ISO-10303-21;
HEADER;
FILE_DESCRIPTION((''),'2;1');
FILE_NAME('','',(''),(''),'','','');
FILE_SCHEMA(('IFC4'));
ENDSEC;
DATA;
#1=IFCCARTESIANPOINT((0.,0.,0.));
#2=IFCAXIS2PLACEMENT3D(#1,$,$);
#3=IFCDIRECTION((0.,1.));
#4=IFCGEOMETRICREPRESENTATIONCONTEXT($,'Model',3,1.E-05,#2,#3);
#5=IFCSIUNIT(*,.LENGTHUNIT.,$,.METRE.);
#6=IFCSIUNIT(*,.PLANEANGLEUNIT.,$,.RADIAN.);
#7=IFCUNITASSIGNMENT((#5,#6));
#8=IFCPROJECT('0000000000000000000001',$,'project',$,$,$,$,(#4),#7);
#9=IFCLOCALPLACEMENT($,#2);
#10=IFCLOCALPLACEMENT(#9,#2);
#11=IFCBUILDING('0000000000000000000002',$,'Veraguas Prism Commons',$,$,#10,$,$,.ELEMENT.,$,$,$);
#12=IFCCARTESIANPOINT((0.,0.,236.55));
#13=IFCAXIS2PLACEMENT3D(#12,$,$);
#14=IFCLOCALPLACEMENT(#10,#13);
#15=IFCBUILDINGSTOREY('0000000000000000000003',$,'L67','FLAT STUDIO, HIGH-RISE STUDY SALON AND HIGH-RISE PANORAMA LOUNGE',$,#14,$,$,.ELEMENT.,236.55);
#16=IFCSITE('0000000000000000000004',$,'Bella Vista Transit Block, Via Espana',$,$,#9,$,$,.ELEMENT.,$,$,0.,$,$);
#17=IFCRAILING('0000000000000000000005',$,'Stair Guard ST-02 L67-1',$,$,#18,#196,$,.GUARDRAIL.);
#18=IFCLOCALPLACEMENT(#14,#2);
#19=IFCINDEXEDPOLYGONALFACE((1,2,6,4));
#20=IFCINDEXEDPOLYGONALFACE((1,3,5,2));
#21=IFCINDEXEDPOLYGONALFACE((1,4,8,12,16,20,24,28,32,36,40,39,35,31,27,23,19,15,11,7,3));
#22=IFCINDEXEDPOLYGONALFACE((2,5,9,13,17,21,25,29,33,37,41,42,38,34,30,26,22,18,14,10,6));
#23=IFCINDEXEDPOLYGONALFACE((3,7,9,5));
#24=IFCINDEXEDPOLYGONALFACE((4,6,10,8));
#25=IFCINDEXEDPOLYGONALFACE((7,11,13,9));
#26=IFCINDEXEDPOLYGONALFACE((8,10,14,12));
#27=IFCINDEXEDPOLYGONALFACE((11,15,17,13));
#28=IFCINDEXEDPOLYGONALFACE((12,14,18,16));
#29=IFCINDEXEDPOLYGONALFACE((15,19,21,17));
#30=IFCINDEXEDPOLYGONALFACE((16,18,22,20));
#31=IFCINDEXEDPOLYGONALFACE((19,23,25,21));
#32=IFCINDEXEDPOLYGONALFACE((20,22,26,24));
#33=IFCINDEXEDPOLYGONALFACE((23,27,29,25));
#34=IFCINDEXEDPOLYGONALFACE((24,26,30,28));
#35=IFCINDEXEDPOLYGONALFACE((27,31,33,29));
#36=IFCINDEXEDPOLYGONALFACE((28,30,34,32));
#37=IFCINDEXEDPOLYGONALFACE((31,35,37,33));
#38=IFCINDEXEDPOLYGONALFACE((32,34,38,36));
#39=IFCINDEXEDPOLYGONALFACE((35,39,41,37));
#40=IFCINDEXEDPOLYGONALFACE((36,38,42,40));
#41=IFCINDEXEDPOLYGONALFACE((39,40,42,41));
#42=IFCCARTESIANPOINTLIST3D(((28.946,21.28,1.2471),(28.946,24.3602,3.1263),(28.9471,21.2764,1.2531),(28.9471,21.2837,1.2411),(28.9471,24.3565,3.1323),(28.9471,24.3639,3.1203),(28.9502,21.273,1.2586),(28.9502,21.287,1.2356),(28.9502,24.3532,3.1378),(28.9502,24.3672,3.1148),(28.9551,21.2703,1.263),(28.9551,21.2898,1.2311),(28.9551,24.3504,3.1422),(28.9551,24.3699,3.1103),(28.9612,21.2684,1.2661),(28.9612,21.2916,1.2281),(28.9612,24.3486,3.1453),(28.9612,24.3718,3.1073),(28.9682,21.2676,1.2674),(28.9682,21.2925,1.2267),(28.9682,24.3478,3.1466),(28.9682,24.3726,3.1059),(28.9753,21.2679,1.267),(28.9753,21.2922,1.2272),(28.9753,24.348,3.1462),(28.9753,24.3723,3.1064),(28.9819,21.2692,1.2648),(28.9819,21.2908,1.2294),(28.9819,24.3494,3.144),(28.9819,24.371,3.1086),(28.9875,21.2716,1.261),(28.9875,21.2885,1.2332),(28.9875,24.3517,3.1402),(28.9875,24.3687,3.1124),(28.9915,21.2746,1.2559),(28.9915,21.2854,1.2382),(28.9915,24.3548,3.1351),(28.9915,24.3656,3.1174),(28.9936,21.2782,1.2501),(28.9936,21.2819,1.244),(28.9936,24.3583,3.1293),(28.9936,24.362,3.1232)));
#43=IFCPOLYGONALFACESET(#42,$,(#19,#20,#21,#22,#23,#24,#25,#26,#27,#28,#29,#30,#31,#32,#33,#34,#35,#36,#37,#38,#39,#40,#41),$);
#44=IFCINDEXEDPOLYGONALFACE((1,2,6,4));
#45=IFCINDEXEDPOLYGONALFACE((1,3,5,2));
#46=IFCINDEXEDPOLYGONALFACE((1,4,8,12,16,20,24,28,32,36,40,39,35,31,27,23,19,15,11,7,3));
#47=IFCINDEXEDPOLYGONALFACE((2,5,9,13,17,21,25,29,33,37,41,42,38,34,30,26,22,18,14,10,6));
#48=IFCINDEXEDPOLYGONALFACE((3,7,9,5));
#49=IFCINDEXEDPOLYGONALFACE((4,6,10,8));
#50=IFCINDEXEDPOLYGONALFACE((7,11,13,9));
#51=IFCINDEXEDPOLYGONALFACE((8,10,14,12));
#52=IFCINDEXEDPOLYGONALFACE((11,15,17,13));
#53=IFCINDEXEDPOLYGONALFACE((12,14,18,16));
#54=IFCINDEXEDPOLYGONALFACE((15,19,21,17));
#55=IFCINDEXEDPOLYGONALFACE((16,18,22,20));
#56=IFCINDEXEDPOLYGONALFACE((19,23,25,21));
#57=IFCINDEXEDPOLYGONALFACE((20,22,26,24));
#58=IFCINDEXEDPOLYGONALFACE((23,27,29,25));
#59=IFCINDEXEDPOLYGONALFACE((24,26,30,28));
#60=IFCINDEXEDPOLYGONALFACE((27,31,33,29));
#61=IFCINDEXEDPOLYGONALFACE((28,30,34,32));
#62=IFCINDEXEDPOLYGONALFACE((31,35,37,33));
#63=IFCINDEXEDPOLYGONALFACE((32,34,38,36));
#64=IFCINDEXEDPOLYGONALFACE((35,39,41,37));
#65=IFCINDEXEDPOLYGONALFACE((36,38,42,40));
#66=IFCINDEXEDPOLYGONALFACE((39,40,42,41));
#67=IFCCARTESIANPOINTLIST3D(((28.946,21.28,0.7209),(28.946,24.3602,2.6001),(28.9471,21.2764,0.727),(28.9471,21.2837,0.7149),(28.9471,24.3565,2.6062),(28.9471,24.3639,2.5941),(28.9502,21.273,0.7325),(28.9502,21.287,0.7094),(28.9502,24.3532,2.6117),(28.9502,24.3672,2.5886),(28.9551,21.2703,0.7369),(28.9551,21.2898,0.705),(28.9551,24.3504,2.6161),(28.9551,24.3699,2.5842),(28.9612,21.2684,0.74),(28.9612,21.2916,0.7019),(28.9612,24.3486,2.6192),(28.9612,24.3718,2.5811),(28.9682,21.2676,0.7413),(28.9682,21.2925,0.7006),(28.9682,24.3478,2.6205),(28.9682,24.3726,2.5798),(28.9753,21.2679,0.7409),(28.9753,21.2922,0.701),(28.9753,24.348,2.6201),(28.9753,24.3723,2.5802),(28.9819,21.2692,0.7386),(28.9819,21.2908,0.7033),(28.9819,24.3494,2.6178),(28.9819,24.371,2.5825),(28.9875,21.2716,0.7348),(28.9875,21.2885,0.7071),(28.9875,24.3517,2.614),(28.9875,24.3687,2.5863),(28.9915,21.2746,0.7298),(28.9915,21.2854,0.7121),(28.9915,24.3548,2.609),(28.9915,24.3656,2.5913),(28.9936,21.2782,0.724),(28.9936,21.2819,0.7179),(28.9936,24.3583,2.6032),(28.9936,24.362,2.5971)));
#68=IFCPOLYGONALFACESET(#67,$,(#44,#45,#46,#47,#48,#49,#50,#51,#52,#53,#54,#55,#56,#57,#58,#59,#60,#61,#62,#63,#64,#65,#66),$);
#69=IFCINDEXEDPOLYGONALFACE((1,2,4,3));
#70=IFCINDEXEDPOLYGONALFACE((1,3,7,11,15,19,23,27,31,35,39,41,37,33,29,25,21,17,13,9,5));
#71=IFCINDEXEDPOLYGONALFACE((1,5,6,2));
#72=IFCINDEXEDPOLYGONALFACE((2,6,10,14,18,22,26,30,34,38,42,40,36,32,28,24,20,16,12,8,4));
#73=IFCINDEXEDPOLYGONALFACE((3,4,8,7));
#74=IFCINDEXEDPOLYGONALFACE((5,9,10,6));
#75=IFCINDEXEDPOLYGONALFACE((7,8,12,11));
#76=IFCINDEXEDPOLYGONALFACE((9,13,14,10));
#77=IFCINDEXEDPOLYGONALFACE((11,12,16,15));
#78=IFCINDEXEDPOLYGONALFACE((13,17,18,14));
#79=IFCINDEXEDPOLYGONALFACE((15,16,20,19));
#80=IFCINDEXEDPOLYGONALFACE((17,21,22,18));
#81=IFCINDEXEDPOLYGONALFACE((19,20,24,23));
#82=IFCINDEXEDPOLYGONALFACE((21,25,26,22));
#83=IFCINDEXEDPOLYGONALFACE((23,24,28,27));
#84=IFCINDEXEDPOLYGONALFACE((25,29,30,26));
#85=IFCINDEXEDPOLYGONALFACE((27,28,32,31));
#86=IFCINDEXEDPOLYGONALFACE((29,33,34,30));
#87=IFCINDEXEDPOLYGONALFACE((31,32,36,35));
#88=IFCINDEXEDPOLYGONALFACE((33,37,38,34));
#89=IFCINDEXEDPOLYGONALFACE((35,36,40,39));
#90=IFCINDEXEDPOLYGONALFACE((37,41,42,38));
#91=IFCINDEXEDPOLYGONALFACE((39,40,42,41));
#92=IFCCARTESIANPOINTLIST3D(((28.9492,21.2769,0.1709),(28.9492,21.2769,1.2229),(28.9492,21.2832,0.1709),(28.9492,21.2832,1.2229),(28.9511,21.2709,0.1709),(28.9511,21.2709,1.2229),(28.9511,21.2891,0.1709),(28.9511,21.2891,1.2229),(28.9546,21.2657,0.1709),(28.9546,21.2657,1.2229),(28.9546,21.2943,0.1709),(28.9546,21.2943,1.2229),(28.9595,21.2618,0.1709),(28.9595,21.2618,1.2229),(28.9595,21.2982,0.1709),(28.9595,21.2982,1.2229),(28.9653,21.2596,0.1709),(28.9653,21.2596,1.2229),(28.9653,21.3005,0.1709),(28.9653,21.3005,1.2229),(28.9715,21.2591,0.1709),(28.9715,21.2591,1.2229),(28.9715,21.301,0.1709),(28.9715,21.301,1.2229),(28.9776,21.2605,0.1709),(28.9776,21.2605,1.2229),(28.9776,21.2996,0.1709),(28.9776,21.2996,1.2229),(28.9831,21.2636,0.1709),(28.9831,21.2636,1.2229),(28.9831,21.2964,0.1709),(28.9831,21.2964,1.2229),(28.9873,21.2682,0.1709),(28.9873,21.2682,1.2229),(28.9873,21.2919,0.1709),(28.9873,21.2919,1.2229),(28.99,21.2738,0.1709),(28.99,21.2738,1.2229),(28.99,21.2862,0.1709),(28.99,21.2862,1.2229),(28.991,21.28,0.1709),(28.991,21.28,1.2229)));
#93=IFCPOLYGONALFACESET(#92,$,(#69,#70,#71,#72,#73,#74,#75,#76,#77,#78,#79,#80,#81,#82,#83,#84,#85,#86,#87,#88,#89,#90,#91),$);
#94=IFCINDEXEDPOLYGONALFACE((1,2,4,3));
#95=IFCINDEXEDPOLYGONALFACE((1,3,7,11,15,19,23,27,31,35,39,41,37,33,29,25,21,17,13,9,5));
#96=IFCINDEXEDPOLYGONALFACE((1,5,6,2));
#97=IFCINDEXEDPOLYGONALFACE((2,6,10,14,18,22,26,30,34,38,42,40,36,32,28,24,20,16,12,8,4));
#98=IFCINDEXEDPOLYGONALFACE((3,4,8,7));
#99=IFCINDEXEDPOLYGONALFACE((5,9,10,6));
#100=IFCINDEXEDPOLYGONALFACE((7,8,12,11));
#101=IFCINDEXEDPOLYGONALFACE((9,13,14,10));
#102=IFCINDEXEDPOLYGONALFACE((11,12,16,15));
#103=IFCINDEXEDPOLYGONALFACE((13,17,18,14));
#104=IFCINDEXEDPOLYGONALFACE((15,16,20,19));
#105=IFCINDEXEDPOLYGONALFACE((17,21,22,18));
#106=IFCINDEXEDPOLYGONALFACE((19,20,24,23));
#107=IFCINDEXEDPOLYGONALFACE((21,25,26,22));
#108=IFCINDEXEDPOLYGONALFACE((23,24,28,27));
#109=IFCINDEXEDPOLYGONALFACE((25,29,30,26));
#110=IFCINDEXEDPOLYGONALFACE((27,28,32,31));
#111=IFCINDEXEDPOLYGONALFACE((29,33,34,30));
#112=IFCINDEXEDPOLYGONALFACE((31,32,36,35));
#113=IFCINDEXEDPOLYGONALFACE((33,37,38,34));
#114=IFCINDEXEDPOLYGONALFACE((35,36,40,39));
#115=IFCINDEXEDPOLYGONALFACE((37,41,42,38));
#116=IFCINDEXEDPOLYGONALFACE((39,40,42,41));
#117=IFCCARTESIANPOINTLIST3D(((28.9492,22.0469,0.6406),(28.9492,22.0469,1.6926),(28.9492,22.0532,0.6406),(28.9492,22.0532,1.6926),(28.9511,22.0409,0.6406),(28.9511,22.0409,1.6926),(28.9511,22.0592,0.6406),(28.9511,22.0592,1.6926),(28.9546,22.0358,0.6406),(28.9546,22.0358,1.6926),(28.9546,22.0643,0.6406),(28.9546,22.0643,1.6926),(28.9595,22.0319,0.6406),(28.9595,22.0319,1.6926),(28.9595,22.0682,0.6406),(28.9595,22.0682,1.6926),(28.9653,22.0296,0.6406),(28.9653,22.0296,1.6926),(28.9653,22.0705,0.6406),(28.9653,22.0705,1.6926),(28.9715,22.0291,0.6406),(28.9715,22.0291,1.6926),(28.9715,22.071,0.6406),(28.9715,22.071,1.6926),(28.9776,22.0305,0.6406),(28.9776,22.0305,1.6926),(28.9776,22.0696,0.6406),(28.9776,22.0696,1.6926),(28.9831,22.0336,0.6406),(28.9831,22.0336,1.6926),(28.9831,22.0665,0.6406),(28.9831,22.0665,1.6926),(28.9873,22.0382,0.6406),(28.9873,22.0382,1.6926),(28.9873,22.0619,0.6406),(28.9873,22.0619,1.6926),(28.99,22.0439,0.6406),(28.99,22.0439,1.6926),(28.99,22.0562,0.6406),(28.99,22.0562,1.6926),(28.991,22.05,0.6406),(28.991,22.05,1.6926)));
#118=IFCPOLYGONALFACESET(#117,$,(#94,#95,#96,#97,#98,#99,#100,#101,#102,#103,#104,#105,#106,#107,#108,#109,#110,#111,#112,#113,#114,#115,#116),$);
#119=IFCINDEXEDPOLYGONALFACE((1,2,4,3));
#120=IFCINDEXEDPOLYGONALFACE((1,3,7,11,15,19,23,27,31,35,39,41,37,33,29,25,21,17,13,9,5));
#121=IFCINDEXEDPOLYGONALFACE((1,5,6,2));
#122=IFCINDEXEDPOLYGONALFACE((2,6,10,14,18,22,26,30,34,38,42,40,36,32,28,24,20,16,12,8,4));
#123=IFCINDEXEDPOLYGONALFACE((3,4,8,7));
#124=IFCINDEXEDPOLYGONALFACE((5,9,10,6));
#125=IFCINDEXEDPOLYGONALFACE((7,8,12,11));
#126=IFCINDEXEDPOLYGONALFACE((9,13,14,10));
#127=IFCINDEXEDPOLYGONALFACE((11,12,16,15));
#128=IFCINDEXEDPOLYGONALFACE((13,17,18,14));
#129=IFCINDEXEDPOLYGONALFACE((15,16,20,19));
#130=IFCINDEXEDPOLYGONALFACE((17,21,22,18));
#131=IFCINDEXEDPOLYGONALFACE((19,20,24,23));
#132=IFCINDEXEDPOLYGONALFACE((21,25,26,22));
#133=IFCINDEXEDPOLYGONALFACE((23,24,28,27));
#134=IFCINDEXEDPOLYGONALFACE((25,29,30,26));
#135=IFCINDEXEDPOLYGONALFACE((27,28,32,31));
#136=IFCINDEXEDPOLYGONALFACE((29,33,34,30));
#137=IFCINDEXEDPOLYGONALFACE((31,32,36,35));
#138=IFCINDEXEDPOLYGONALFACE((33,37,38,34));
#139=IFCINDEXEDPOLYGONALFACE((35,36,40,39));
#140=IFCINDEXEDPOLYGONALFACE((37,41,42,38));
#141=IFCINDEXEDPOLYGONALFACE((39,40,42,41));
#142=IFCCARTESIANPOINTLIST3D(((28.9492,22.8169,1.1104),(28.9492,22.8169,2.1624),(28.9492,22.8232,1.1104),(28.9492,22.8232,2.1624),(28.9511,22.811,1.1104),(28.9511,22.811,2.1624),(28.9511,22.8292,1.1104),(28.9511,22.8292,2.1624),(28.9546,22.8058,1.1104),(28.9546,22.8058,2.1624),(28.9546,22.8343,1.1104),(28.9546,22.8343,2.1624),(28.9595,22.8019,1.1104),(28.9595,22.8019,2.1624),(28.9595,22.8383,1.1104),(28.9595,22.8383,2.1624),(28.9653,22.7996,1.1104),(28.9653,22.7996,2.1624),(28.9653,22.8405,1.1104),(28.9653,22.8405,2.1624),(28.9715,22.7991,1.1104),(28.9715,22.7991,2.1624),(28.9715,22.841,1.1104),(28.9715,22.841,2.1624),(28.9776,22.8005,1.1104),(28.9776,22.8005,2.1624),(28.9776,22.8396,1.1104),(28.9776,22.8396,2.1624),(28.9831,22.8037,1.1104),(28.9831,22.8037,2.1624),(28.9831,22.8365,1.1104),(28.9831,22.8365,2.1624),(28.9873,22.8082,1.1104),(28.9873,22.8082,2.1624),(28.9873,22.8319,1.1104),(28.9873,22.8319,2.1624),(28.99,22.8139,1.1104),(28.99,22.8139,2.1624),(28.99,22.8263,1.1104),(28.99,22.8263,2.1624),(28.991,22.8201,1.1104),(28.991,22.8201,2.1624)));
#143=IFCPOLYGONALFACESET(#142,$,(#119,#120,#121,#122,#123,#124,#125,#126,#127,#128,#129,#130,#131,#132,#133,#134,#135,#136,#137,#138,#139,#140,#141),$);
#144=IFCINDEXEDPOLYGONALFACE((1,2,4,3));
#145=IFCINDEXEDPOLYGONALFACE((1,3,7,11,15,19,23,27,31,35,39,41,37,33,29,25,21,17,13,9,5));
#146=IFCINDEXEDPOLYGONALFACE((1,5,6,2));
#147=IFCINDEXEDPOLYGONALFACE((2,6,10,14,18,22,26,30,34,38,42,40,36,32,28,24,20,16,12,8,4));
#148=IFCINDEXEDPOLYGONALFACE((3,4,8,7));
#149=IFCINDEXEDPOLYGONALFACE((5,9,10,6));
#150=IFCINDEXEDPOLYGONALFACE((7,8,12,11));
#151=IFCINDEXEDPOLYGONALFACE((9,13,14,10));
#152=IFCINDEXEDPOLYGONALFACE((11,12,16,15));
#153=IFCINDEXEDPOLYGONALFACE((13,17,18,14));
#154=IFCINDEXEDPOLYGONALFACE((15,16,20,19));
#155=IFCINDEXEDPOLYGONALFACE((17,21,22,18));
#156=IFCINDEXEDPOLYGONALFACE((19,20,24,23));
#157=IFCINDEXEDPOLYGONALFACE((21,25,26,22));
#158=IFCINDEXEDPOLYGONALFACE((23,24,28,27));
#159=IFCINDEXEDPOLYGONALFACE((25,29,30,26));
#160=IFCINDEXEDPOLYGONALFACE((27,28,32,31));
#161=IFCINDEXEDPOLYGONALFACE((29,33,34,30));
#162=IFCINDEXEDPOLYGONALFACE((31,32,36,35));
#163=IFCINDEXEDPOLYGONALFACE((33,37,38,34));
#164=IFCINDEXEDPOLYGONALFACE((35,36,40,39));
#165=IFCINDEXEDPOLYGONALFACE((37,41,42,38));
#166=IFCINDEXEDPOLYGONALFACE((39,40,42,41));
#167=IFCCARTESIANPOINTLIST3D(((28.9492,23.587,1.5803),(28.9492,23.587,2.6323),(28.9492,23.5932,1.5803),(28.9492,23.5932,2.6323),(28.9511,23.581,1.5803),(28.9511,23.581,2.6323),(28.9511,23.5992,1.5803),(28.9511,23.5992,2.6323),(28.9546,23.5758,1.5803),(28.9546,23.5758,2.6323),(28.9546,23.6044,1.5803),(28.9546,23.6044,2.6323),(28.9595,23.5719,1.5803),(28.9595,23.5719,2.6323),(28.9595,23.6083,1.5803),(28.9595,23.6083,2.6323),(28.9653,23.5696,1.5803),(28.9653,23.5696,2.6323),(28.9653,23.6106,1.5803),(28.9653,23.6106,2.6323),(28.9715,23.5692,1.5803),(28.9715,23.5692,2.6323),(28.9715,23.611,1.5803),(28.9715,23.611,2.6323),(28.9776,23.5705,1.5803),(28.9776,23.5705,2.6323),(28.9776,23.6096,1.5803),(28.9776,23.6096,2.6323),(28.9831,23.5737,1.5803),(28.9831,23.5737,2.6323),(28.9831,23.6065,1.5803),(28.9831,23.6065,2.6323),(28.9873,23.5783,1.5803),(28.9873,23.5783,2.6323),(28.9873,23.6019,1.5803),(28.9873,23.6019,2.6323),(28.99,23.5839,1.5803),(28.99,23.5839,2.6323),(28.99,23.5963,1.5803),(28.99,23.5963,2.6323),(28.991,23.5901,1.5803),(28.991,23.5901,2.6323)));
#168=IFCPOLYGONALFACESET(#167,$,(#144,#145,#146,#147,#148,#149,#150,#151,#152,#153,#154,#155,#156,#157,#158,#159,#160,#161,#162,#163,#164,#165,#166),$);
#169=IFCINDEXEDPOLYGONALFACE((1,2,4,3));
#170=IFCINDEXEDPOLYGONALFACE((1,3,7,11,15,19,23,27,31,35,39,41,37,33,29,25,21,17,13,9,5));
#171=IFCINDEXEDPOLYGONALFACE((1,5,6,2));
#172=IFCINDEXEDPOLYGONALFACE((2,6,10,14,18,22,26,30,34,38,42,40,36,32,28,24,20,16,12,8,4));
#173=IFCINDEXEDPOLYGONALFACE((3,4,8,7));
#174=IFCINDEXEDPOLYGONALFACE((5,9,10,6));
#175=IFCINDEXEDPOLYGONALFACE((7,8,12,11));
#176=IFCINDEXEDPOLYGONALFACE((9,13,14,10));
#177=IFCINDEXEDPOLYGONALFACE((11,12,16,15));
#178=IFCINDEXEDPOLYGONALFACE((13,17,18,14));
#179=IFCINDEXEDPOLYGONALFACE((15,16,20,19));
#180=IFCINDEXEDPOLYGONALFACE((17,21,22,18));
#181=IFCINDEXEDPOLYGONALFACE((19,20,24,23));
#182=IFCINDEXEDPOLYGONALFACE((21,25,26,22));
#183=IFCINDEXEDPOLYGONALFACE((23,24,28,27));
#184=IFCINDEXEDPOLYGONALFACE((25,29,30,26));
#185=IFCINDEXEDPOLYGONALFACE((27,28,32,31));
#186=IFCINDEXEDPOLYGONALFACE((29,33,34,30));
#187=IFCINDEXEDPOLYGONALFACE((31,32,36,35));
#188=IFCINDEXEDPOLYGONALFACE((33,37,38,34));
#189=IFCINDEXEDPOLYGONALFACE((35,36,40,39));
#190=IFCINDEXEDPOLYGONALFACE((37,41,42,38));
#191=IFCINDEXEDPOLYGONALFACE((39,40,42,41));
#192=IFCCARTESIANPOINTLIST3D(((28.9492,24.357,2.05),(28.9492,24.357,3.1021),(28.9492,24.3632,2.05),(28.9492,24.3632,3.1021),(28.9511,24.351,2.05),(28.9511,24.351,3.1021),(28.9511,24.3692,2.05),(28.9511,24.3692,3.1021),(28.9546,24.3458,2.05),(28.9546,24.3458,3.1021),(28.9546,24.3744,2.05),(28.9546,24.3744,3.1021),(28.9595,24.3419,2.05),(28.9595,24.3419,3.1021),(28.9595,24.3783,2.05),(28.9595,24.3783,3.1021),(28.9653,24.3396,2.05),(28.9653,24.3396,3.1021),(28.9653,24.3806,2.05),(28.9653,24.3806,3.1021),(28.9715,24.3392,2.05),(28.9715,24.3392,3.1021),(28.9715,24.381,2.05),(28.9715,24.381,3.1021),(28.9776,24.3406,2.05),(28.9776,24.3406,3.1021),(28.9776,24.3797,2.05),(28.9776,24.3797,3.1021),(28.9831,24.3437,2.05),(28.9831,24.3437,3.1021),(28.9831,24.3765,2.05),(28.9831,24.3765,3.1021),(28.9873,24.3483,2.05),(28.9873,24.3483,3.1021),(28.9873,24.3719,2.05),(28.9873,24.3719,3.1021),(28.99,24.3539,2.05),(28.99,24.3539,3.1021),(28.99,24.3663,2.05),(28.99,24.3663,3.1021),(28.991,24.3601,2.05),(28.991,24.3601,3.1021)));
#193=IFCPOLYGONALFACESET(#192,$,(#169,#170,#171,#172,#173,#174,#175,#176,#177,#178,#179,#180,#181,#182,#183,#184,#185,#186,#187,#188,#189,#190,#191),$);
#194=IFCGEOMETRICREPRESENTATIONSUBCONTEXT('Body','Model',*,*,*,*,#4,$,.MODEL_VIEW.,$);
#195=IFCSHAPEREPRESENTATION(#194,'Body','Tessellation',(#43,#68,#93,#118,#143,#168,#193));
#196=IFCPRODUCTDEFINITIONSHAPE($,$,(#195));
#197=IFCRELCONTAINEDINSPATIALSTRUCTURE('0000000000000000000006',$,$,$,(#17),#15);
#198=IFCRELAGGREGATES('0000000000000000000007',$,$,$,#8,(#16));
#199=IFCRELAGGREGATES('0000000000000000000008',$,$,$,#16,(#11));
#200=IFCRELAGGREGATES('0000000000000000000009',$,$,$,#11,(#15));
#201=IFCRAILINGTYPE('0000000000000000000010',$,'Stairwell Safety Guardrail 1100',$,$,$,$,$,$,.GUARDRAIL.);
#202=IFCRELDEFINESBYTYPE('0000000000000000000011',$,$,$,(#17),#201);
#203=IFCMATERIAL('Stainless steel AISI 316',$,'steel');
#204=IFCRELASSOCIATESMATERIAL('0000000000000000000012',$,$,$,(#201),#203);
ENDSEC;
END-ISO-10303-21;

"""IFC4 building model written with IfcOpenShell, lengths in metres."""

from ifc_helpers import new_model, si_unit, direction, frame, origin, origin_2d, place, context, subcontext, project, spatial, circle, extrude, material, type_object, element, save


model = new_model("IFC4")

# Units and contexts
model_context = context("Model", 3, precision=1e-05, world=origin(), true_north=direction((0.0, 1.0)))
body_context = subcontext(model_context, "Body", "Model", "MODEL_VIEW")
ifc_project = project(units=[si_unit("LENGTHUNIT", "METRE"), si_unit("PLANEANGLEUNIT", "RADIAN")], contexts=[model_context])

# Site, building, storey
site_placement = place(None, origin())
site = spatial("IfcSite", under=ifc_project, at=site_placement, Name="Bella Vista Transit Block, Via Espana", CompositionType="ELEMENT", RefElevation=0.0)
building_placement = place(site_placement, origin())
building = spatial("IfcBuilding", under=site, at=building_placement, Name="Veraguas Prism Commons", CompositionType="ELEMENT")
storey_placement = place(building_placement, frame((0.0, 0.0, 236.55)))
storey = spatial("IfcBuildingStorey", under=building, at=storey_placement, Name="L67", Description="FLAT STUDIO, HIGH-RISE STUDY SALON AND HIGH-RISE PANORAMA LOUNGE", CompositionType="ELEMENT", Elevation=236.55)

# Railing
ifc_material_1 = material(Name="Stainless steel AISI 316", Category="steel")
railing_type_1 = type_object("IfcRailingType", Name="Stairwell Safety Guardrail 1100", PredefinedType="GUARDRAIL", material=ifc_material_1)
railing_1_placement = place(storey_placement, frame((28.97, 21.28, 0.1709)))
element("IfcRailing", 1, at=railing_1_placement, inside=storey, type_object=railing_type_1, Name="Stair Guard ST-02 L67-1", PredefinedType="GUARDRAIL", context=body_context, shape_type="SweptSolid", body=[
    extrude(circle(Radius=0.0239, at=origin_2d()), frame((0.0, 0.0, 1.0762), z_axis=(0.0, 0.853666, 0.52082), x_axis=(-1.0, 0.0, 0.0)), (0.0, 0.0, 1.0), 3.6082),
    extrude(circle(Radius=0.0239, at=origin_2d()), frame((0.0, 0.0, 0.55), z_axis=(0.0, 0.853666, 0.52082), x_axis=(-1.0, 0.0, 0.0)), (0.0, 0.0, 1.0), 3.6082),
    extrude(circle(Radius=0.021, at=origin_2d()), origin(), (0.0, 0.0, 1.0), 1.052),
    extrude(circle(Radius=0.021, at=origin_2d()), frame((0.0, 0.77, 0.4697)), (0.0, 0.0, 1.0), 1.052),
    extrude(circle(Radius=0.021, at=origin_2d()), frame((0.0, 1.54, 0.9395)), (0.0, 0.0, 1.0), 1.052),
    extrude(circle(Radius=0.021, at=origin_2d()), frame((0.0, 2.3101, 1.4094)), (0.0, 0.0, 1.0), 1.052),
    extrude(circle(Radius=0.021, at=origin_2d()), frame((0.0, 3.0801, 1.8792)), (0.0, 0.0, 1.0), 1.052),
])

save(model, "model.ifc")
